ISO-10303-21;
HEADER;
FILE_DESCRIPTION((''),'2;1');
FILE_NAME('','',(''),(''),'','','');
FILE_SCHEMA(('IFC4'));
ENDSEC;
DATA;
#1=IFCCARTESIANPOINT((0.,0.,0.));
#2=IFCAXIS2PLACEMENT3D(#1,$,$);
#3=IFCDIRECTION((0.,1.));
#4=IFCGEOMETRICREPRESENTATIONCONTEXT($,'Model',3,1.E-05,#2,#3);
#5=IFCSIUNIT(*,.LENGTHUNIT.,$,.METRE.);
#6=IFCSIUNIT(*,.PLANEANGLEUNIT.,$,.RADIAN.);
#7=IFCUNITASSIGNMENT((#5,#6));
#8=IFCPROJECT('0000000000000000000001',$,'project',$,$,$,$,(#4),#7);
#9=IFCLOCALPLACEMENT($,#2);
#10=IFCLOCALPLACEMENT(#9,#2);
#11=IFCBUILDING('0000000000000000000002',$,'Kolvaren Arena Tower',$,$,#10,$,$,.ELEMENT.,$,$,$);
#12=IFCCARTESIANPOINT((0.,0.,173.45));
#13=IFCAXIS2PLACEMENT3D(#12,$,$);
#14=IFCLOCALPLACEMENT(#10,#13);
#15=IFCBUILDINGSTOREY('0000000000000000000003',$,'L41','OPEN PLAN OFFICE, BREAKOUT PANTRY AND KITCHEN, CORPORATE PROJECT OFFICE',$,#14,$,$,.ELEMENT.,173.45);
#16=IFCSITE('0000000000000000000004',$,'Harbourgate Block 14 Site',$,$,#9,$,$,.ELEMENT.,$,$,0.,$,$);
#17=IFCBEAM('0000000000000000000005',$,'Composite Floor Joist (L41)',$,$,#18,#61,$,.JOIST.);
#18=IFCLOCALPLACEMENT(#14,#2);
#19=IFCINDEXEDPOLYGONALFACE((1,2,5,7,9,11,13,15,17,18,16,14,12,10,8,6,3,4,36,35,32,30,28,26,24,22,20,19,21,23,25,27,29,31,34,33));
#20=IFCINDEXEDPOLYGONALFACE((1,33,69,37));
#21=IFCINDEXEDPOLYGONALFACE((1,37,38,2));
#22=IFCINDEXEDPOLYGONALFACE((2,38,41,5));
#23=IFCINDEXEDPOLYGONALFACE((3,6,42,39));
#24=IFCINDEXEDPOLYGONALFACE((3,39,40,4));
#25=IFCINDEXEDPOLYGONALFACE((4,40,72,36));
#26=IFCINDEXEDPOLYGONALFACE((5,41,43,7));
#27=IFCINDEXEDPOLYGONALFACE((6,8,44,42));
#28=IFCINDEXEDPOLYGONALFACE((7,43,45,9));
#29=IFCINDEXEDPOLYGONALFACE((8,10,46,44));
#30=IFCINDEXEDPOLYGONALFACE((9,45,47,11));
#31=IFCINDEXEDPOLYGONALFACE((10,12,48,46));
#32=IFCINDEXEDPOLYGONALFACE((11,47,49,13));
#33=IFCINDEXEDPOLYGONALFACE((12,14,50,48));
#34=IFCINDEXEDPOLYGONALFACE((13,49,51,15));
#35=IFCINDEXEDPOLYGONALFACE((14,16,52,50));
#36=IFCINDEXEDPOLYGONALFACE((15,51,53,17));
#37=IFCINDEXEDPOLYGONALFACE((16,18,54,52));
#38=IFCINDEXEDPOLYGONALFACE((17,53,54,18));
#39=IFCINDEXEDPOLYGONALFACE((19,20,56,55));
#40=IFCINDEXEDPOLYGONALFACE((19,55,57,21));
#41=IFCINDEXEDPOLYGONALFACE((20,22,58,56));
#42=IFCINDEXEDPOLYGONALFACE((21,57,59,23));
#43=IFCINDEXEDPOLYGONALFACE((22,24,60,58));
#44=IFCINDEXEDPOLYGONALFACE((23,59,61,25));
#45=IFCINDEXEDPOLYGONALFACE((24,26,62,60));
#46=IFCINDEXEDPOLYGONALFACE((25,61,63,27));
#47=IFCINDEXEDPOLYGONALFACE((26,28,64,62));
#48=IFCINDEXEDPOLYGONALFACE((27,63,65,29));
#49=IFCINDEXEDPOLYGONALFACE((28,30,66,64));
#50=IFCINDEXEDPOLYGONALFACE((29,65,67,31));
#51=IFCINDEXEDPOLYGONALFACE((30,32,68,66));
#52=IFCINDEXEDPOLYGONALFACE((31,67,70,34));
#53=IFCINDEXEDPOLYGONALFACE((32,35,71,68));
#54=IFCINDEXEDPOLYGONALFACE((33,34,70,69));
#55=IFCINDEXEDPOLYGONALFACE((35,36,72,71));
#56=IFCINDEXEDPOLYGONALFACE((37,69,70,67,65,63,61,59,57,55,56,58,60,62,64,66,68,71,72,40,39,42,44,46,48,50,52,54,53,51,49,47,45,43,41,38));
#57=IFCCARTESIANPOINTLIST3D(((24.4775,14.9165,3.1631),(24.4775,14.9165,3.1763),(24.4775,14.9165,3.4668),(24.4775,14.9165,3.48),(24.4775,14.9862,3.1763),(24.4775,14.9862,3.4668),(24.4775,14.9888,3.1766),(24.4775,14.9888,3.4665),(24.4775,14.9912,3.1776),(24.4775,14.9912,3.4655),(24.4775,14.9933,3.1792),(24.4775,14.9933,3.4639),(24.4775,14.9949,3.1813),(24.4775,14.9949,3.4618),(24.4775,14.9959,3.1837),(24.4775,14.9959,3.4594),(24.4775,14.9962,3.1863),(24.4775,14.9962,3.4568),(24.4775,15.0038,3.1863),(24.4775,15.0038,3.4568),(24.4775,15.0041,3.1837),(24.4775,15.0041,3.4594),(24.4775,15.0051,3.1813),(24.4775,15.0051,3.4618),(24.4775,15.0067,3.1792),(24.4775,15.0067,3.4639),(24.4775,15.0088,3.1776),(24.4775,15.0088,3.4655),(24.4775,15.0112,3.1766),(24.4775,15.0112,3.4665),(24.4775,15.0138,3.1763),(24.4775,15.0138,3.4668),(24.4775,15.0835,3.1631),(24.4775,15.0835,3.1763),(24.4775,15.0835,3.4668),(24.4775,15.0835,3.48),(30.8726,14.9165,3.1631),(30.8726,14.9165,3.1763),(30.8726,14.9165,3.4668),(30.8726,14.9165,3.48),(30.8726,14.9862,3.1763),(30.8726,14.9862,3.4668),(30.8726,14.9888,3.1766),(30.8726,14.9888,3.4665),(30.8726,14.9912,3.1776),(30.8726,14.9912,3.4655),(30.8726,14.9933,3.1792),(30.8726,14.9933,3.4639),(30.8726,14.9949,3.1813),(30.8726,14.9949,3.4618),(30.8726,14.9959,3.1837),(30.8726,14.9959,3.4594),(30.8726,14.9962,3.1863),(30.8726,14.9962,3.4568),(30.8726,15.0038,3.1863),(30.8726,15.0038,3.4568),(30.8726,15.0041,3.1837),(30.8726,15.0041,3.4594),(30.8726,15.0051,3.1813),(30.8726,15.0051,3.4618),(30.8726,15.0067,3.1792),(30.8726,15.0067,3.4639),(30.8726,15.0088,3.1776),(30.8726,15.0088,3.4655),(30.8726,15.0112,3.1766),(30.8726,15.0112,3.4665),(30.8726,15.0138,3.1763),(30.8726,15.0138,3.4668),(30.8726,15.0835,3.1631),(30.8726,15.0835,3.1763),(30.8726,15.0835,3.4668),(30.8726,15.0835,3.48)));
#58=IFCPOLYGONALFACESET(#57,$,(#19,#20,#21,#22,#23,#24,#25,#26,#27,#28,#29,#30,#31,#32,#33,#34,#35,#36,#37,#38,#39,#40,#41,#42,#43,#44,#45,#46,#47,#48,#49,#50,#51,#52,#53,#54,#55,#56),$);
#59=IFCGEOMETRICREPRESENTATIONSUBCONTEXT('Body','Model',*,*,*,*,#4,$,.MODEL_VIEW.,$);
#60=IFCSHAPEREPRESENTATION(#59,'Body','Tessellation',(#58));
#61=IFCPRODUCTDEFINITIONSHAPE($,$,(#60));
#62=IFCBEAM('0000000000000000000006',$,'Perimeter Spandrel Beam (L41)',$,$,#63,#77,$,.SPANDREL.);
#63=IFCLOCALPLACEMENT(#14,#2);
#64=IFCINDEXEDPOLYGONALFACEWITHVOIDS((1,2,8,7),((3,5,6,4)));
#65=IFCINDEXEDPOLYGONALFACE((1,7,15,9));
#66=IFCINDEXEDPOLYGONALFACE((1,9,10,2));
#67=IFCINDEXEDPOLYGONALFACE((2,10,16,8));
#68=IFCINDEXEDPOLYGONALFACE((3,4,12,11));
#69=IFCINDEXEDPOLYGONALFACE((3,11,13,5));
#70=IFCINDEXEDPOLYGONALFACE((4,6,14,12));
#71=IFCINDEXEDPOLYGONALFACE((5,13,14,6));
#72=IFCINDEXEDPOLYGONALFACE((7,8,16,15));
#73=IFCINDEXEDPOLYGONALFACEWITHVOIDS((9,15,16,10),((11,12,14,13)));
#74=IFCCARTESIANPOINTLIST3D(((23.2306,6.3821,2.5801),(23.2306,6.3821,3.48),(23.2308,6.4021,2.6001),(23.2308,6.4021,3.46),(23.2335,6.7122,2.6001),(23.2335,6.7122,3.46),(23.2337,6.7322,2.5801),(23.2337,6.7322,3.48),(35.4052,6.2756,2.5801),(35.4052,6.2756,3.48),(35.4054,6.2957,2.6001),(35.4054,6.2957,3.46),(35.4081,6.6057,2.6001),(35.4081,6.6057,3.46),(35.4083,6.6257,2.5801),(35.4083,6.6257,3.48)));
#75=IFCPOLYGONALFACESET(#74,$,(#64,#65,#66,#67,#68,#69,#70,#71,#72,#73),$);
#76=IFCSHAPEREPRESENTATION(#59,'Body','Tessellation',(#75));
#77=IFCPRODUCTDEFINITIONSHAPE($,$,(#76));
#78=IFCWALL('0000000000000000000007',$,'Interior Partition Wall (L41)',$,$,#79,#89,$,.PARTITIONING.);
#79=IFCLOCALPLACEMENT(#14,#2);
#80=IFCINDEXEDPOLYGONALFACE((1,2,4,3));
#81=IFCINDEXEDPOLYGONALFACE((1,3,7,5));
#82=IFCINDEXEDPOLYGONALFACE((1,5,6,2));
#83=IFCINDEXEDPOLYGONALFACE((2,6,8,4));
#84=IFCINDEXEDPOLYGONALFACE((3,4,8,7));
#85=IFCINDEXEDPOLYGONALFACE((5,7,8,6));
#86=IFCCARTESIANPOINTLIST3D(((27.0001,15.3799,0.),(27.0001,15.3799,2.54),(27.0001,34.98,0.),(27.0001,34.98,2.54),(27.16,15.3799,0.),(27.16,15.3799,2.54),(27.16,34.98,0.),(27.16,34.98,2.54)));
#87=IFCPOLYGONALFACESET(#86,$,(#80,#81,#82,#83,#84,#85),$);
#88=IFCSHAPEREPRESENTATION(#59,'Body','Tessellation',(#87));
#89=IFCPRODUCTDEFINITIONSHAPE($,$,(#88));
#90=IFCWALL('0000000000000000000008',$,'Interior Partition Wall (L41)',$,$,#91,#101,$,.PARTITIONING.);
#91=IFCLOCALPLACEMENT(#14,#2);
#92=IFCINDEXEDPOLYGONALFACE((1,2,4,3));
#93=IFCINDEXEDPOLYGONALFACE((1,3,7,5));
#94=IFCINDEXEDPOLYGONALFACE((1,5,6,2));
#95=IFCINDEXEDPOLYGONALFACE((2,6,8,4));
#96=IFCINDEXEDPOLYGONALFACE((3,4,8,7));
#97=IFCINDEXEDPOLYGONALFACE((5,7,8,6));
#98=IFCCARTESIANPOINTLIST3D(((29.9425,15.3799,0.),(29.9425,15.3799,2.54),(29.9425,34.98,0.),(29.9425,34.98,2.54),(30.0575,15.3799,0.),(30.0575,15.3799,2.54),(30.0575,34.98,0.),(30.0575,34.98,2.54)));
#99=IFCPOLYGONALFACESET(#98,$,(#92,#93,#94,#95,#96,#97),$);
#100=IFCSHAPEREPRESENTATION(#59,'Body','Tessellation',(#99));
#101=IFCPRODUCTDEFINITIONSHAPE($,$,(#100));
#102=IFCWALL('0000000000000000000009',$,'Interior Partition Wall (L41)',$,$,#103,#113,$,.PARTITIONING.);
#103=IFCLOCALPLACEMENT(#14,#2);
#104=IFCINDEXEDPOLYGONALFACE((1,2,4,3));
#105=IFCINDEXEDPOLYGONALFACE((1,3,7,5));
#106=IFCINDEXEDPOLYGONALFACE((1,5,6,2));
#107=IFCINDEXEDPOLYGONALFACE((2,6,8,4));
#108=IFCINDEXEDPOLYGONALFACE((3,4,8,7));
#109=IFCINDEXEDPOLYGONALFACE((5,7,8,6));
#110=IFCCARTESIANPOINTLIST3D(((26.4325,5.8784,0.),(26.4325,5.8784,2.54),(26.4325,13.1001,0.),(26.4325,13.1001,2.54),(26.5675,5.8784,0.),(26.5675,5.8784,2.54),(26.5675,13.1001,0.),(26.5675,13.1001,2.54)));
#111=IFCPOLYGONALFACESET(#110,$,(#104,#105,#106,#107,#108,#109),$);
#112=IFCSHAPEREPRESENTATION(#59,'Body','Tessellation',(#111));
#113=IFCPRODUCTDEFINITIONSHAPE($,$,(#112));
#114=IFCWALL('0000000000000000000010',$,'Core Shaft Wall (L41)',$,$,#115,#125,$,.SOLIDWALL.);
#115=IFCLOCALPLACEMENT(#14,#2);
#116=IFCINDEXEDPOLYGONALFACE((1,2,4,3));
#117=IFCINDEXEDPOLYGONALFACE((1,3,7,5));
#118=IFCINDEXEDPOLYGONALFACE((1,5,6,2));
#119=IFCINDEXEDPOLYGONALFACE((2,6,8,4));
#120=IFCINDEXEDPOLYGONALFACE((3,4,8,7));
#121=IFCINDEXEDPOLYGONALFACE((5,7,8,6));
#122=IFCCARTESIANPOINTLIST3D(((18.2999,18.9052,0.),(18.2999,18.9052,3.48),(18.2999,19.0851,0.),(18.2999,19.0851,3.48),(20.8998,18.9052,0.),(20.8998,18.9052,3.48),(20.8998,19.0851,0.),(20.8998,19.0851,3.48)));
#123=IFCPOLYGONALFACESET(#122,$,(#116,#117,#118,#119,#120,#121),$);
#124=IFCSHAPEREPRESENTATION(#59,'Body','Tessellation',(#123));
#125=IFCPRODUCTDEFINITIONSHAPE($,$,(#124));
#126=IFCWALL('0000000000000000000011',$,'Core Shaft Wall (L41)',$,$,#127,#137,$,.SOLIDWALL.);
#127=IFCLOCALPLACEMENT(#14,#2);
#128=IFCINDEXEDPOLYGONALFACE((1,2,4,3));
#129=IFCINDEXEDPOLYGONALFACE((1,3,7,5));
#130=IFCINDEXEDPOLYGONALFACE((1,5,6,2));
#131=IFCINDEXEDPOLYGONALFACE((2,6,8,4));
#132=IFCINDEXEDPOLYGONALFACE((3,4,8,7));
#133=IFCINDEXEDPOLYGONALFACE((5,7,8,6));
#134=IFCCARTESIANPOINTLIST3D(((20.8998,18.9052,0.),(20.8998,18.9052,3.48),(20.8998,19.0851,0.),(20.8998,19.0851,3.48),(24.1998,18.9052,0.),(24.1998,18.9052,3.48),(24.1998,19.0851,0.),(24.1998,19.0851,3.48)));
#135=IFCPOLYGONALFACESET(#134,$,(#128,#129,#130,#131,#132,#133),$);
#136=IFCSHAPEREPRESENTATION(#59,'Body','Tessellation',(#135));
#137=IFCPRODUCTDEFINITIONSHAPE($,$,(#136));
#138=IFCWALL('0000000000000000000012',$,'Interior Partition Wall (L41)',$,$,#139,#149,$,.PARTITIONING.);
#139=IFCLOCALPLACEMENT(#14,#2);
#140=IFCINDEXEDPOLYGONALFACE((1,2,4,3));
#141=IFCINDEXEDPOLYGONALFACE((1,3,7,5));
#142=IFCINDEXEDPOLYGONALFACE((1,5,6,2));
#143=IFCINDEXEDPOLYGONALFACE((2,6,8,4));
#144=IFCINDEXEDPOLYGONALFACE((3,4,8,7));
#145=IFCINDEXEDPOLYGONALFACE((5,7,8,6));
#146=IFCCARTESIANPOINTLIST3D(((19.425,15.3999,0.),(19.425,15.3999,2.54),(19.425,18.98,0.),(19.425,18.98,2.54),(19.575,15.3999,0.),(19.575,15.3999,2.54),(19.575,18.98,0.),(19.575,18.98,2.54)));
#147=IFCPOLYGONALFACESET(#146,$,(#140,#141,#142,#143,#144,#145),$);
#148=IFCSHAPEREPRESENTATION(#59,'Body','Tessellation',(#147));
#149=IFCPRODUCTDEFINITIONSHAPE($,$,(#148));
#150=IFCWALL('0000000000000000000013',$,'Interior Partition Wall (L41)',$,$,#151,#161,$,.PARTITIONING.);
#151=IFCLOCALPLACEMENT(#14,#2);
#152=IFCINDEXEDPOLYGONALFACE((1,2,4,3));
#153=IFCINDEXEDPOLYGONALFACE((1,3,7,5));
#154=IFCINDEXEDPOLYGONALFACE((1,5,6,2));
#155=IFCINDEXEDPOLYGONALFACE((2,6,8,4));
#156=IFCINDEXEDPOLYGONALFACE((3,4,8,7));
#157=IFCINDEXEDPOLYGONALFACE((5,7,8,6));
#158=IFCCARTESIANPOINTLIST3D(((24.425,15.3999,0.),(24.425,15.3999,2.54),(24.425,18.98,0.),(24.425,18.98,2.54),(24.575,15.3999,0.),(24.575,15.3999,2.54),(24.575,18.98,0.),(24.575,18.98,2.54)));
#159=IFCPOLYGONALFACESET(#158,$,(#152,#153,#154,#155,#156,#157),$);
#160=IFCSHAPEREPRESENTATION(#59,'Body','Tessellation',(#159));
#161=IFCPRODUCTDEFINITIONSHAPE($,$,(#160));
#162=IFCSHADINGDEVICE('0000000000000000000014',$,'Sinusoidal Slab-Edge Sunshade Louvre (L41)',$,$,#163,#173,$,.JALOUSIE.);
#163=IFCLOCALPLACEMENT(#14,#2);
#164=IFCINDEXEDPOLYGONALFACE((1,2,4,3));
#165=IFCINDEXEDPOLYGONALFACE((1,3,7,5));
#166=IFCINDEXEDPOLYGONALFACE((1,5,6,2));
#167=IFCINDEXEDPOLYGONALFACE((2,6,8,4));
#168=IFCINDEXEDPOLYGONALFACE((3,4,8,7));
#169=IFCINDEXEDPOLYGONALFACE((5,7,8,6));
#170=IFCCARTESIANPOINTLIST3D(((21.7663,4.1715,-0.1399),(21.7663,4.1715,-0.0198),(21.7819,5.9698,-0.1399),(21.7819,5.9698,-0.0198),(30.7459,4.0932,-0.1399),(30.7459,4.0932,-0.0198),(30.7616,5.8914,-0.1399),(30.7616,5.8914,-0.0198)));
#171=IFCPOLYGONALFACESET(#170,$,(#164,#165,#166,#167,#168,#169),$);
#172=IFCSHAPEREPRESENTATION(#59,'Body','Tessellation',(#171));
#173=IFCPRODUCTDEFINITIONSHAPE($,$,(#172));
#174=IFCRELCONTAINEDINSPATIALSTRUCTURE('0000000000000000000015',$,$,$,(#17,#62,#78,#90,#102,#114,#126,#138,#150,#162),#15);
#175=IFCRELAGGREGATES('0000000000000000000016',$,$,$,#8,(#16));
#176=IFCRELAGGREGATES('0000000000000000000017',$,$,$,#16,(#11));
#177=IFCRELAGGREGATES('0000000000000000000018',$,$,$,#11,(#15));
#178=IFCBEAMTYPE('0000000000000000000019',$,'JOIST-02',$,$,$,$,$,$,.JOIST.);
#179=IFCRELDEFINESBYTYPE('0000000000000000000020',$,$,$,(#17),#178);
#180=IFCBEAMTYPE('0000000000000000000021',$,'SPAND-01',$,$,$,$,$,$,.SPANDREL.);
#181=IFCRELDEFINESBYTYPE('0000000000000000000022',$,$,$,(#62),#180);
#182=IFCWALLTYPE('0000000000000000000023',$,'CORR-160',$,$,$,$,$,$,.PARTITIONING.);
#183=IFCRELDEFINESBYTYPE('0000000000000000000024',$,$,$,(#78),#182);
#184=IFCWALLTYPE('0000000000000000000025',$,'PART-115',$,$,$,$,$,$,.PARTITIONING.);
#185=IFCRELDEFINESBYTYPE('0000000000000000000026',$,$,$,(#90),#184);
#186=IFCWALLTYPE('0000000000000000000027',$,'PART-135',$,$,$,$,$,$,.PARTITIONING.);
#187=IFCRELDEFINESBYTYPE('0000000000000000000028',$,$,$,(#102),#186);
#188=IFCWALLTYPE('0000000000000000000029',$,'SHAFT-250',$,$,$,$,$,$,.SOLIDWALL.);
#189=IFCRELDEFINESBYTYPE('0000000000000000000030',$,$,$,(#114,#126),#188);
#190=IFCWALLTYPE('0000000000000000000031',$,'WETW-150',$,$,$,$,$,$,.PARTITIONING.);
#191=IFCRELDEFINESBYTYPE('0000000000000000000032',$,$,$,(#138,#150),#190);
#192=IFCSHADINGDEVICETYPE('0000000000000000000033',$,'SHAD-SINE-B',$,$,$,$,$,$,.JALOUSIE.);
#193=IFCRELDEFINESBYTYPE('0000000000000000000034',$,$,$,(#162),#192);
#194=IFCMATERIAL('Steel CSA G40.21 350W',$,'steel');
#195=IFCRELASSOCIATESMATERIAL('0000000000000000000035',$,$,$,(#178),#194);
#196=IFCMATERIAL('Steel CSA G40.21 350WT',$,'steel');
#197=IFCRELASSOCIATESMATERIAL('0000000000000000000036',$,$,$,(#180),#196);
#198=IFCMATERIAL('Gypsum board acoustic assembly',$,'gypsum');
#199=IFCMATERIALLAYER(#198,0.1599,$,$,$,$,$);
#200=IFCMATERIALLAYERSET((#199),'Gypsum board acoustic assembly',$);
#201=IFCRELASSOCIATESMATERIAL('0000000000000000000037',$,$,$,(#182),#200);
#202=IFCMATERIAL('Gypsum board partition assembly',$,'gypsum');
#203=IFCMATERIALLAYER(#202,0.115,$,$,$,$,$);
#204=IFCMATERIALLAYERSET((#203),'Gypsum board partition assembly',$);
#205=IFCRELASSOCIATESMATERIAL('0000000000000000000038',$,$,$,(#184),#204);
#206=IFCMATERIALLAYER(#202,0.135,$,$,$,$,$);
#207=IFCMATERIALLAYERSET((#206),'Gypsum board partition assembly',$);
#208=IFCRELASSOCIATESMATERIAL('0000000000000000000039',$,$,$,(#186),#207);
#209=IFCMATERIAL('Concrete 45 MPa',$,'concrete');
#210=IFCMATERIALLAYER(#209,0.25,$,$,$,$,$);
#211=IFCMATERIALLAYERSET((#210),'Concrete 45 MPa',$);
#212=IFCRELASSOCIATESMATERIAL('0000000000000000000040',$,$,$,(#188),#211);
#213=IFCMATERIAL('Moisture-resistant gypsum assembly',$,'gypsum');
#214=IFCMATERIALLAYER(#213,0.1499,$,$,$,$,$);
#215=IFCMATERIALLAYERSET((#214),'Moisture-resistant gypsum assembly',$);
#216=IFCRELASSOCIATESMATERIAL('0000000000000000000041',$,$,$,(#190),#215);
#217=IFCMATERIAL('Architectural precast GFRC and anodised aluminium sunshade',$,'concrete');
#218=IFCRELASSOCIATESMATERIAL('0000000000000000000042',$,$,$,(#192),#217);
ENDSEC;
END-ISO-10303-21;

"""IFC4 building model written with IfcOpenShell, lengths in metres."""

from ifc_helpers import new_model, si_unit, direction, frame, frame_2d, origin, origin_2d, place, context, subcontext, project, spatial, rectangle, hollow_rectangle, i_section, extrude, material, layer, layer_set, material_profile, profile_set, type_object, element, save


model = new_model("IFC4")

# Units and contexts
model_context = context("Model", 3, precision=1e-05, world=origin(), true_north=direction((0.0, 1.0)))
body_context = subcontext(model_context, "Body", "Model", "MODEL_VIEW")
ifc_project = project(units=[si_unit("LENGTHUNIT", "METRE"), si_unit("PLANEANGLEUNIT", "RADIAN")], contexts=[model_context])

# Site, building, storey
site_placement = place(None, origin())
site = spatial("IfcSite", under=ifc_project, at=site_placement, Name="Harbourgate Block 14 Site", CompositionType="ELEMENT", RefElevation=0.0)
building_placement = place(site_placement, origin())
building = spatial("IfcBuilding", under=site, at=building_placement, Name="Kolvaren Arena Tower", CompositionType="ELEMENT")
storey_placement = place(building_placement, frame((0.0, 0.0, 173.45)))
storey = spatial("IfcBuildingStorey", under=building, at=storey_placement, Name="L41", Description="OPEN PLAN OFFICE, BREAKOUT PANTRY AND KITCHEN, CORPORATE PROJECT OFFICE", CompositionType="ELEMENT", Elevation=173.45)

# Beams
ifc_material_1 = material(Name="Steel CSA G40.21 350W", Category="steel")
ifc_material_profile_1 = material_profile(ifc_material_1, i_section(OverallWidth=0.167, OverallDepth=0.3169, WebThickness=0.0076, FlangeThickness=0.0132, FilletRadius=0.01, at=origin_2d()), Name="W310x52")
ifc_profile_set_1 = profile_set([ifc_material_profile_1], Name="Steel CSA G40.21 350W")
beam_type_1 = type_object("IfcBeamType", Name="JOIST-02", PredefinedType="JOIST", material=ifc_profile_set_1)
beam_1_placement = place(storey_placement, frame((24.4775, 15.0, 3.3215), z_axis=(1.0, 0.0, 0.0), x_axis=(0.0, 1.0, 0.0)))
element("IfcBeam", 1, at=beam_1_placement, inside=storey, type_object=beam_type_1, Name="Composite Floor Joist (L41)", PredefinedType="JOIST", context=body_context, shape_type="SweptSolid", body=[
    extrude(i_section(OverallWidth=0.167, OverallDepth=0.3169, WebThickness=0.0076, FlangeThickness=0.0132, FilletRadius=0.01, at=origin_2d()), origin(), (0.0, 0.0, 1.0), 6.395),
])
ifc_material_2 = material(Name="Steel CSA G40.21 350WT", Category="steel")
ifc_material_profile_2 = material_profile(ifc_material_2, hollow_rectangle(XDim=0.3501, YDim=0.8999, WallThickness=0.02, at=origin_2d()), Name="HSS 900x350x20")
ifc_profile_set_2 = profile_set([ifc_material_profile_2], Name="Steel CSA G40.21 350WT")
beam_type_2 = type_object("IfcBeamType", Name="SPAND-01", PredefinedType="SPANDREL", material=ifc_profile_set_2)
beam_2_placement = place(storey_placement, frame((23.2322, 6.5571, 3.03), z_axis=(0.999962, -0.008743, 0.0), x_axis=(0.008743, 0.999962, 0.0)))
element("IfcBeam", 2, at=beam_2_placement, inside=storey, type_object=beam_type_2, Name="Perimeter Spandrel Beam (L41)", PredefinedType="SPANDREL", context=body_context, shape_type="SweptSolid", body=[
    extrude(hollow_rectangle(XDim=0.3501, YDim=0.8999, WallThickness=0.02, at=origin_2d()), origin(), (0.0, 0.0, 1.0), 12.175),
])

# Shared definitions
ifc_material_3 = material(Name="Gypsum board acoustic assembly", Category="gypsum")
ifc_layer_1 = layer(ifc_material_3, 0.1599)
ifc_layer_set_1 = layer_set([ifc_layer_1], Name="Gypsum board acoustic assembly")
wall_type_1 = type_object("IfcWallType", Name="CORR-160", PredefinedType="PARTITIONING", material=ifc_layer_set_1)

# Walls
wall_1_placement = place(storey_placement, frame((27.0801, 15.3799, 0.0), z_axis=(0.0, 0.0, 1.0), x_axis=(0.0, 1.0, 0.0)))
element("IfcWall", 3, at=wall_1_placement, inside=storey, type_object=wall_type_1, Name="Interior Partition Wall (L41)", PredefinedType="PARTITIONING", context=body_context, shape_type="SweptSolid", body=[
    extrude(rectangle(XDim=19.6001, YDim=0.1599, at=frame_2d((9.8, 0.0))), origin(), (0.0, 0.0, 1.0), 2.54),
])
ifc_material_4 = material(Name="Gypsum board partition assembly", Category="gypsum")
ifc_layer_2 = layer(ifc_material_4, 0.115)
ifc_layer_set_2 = layer_set([ifc_layer_2], Name="Gypsum board partition assembly")
wall_type_2 = type_object("IfcWallType", Name="PART-115", PredefinedType="PARTITIONING", material=ifc_layer_set_2)
wall_2_placement = place(storey_placement, frame((30.0, 15.3799, 0.0), z_axis=(0.0, 0.0, 1.0), x_axis=(0.0, 1.0, 0.0)))
element("IfcWall", 4, at=wall_2_placement, inside=storey, type_object=wall_type_2, Name="Interior Partition Wall (L41)", PredefinedType="PARTITIONING", context=body_context, shape_type="SweptSolid", body=[
    extrude(rectangle(XDim=19.6001, YDim=0.115, at=frame_2d((9.8, 0.0))), origin(), (0.0, 0.0, 1.0), 2.54),
])
ifc_layer_3 = layer(ifc_material_4, 0.135)
ifc_layer_set_3 = layer_set([ifc_layer_3], Name="Gypsum board partition assembly")
wall_type_3 = type_object("IfcWallType", Name="PART-135", PredefinedType="PARTITIONING", material=ifc_layer_set_3)
wall_3_placement = place(storey_placement, frame((26.5, 5.8784, 0.0), z_axis=(0.0, 0.0, 1.0), x_axis=(0.0, 1.0, 0.0)))
element("IfcWall", 5, at=wall_3_placement, inside=storey, type_object=wall_type_3, Name="Interior Partition Wall (L41)", PredefinedType="PARTITIONING", context=body_context, shape_type="SweptSolid", body=[
    extrude(rectangle(XDim=7.2217, YDim=0.135, at=frame_2d((3.6108, 0.0))), origin(), (0.0, 0.0, 1.0), 2.54),
])
ifc_material_5 = material(Name="Concrete 45 MPa", Category="concrete")
ifc_layer_4 = layer(ifc_material_5, 0.25)
ifc_layer_set_4 = layer_set([ifc_layer_4], Name="Concrete 45 MPa")
wall_type_4 = type_object("IfcWallType", Name="SHAFT-250", PredefinedType="SOLIDWALL", material=ifc_layer_set_4)
wall_4_placement = place(storey_placement, frame((18.3, 18.9951, 0.0), z_axis=(0.0, 0.0, 1.0), x_axis=(1.0, 0.0, 0.0)))
element("IfcWall", 6, at=wall_4_placement, inside=storey, type_object=wall_type_4, Name="Core Shaft Wall (L41)", PredefinedType="SOLIDWALL", context=body_context, shape_type="SweptSolid", body=[
    extrude(rectangle(XDim=2.5999, YDim=0.1799, at=frame_2d((1.2998, 0.0))), origin(), (0.0, 0.0, 1.0), 3.48),
])
wall_5_placement = place(storey_placement, frame((20.8999, 18.9951, 0.0), z_axis=(0.0, 0.0, 1.0), x_axis=(1.0, 0.0, 0.0)))
element("IfcWall", 7, at=wall_5_placement, inside=storey, type_object=wall_type_4, Name="Core Shaft Wall (L41)", PredefinedType="SOLIDWALL", context=body_context, shape_type="SweptSolid", body=[
    extrude(rectangle(XDim=3.3, YDim=0.1799, at=frame_2d((1.6499, 0.0))), origin(), (0.0, 0.0, 1.0), 3.48),
])
ifc_material_6 = material(Name="Moisture-resistant gypsum assembly", Category="gypsum")
ifc_layer_5 = layer(ifc_material_6, 0.1499)
ifc_layer_set_5 = layer_set([ifc_layer_5], Name="Moisture-resistant gypsum assembly")
wall_type_5 = type_object("IfcWallType", Name="WETW-150", PredefinedType="PARTITIONING", material=ifc_layer_set_5)
for number, where, z_axis, x_axis, name in (
    (8, (19.5, 15.3999, 0.0), (0.0, 0.0, 1.0), (0.0, 1.0, 0.0), "Interior Partition Wall (L41)"),
    (9, (24.5, 15.3999, 0.0), (0.0, 0.0, 1.0), (0.0, 1.0, 0.0), "Interior Partition Wall (L41)"),
):
    element("IfcWall", number, at=place(storey_placement, frame(where, z_axis=z_axis, x_axis=x_axis)), inside=storey, type_object=wall_type_5, Name=name, PredefinedType="PARTITIONING", context=body_context, shape_type="SweptSolid", body=[
        extrude(rectangle(XDim=3.5801, YDim=0.1499, at=frame_2d((1.79, 0.0))), origin(), (0.0, 0.0, 1.0), 2.54),
    ])

# Shading device
ifc_material_7 = material(Name="Architectural precast GFRC and anodised aluminium sunshade", Category="concrete")
shading_device_type = type_object("IfcShadingDeviceType", Name="SHAD-SINE-B", PredefinedType="JALOUSIE", material=ifc_material_7)
shading_device_placement = place(storey_placement, frame((26.2639, 5.0315, -0.1399), z_axis=(0.0, 0.0, 1.0), x_axis=(-0.999962, 0.008727, 0.0)))
element("IfcShadingDevice", 10, at=shading_device_placement, inside=storey, type_object=shading_device_type, Name="Sinusoidal Slab-Edge Sunshade Louvre (L41)", PredefinedType="JALOUSIE", context=body_context, shape_type="SweptSolid", body=[
    extrude(rectangle(XDim=8.98, YDim=1.7983, at=origin_2d()), origin(), (0.0, 0.0, 1.0), 0.1201),
])

save(model, "model.ifc")
